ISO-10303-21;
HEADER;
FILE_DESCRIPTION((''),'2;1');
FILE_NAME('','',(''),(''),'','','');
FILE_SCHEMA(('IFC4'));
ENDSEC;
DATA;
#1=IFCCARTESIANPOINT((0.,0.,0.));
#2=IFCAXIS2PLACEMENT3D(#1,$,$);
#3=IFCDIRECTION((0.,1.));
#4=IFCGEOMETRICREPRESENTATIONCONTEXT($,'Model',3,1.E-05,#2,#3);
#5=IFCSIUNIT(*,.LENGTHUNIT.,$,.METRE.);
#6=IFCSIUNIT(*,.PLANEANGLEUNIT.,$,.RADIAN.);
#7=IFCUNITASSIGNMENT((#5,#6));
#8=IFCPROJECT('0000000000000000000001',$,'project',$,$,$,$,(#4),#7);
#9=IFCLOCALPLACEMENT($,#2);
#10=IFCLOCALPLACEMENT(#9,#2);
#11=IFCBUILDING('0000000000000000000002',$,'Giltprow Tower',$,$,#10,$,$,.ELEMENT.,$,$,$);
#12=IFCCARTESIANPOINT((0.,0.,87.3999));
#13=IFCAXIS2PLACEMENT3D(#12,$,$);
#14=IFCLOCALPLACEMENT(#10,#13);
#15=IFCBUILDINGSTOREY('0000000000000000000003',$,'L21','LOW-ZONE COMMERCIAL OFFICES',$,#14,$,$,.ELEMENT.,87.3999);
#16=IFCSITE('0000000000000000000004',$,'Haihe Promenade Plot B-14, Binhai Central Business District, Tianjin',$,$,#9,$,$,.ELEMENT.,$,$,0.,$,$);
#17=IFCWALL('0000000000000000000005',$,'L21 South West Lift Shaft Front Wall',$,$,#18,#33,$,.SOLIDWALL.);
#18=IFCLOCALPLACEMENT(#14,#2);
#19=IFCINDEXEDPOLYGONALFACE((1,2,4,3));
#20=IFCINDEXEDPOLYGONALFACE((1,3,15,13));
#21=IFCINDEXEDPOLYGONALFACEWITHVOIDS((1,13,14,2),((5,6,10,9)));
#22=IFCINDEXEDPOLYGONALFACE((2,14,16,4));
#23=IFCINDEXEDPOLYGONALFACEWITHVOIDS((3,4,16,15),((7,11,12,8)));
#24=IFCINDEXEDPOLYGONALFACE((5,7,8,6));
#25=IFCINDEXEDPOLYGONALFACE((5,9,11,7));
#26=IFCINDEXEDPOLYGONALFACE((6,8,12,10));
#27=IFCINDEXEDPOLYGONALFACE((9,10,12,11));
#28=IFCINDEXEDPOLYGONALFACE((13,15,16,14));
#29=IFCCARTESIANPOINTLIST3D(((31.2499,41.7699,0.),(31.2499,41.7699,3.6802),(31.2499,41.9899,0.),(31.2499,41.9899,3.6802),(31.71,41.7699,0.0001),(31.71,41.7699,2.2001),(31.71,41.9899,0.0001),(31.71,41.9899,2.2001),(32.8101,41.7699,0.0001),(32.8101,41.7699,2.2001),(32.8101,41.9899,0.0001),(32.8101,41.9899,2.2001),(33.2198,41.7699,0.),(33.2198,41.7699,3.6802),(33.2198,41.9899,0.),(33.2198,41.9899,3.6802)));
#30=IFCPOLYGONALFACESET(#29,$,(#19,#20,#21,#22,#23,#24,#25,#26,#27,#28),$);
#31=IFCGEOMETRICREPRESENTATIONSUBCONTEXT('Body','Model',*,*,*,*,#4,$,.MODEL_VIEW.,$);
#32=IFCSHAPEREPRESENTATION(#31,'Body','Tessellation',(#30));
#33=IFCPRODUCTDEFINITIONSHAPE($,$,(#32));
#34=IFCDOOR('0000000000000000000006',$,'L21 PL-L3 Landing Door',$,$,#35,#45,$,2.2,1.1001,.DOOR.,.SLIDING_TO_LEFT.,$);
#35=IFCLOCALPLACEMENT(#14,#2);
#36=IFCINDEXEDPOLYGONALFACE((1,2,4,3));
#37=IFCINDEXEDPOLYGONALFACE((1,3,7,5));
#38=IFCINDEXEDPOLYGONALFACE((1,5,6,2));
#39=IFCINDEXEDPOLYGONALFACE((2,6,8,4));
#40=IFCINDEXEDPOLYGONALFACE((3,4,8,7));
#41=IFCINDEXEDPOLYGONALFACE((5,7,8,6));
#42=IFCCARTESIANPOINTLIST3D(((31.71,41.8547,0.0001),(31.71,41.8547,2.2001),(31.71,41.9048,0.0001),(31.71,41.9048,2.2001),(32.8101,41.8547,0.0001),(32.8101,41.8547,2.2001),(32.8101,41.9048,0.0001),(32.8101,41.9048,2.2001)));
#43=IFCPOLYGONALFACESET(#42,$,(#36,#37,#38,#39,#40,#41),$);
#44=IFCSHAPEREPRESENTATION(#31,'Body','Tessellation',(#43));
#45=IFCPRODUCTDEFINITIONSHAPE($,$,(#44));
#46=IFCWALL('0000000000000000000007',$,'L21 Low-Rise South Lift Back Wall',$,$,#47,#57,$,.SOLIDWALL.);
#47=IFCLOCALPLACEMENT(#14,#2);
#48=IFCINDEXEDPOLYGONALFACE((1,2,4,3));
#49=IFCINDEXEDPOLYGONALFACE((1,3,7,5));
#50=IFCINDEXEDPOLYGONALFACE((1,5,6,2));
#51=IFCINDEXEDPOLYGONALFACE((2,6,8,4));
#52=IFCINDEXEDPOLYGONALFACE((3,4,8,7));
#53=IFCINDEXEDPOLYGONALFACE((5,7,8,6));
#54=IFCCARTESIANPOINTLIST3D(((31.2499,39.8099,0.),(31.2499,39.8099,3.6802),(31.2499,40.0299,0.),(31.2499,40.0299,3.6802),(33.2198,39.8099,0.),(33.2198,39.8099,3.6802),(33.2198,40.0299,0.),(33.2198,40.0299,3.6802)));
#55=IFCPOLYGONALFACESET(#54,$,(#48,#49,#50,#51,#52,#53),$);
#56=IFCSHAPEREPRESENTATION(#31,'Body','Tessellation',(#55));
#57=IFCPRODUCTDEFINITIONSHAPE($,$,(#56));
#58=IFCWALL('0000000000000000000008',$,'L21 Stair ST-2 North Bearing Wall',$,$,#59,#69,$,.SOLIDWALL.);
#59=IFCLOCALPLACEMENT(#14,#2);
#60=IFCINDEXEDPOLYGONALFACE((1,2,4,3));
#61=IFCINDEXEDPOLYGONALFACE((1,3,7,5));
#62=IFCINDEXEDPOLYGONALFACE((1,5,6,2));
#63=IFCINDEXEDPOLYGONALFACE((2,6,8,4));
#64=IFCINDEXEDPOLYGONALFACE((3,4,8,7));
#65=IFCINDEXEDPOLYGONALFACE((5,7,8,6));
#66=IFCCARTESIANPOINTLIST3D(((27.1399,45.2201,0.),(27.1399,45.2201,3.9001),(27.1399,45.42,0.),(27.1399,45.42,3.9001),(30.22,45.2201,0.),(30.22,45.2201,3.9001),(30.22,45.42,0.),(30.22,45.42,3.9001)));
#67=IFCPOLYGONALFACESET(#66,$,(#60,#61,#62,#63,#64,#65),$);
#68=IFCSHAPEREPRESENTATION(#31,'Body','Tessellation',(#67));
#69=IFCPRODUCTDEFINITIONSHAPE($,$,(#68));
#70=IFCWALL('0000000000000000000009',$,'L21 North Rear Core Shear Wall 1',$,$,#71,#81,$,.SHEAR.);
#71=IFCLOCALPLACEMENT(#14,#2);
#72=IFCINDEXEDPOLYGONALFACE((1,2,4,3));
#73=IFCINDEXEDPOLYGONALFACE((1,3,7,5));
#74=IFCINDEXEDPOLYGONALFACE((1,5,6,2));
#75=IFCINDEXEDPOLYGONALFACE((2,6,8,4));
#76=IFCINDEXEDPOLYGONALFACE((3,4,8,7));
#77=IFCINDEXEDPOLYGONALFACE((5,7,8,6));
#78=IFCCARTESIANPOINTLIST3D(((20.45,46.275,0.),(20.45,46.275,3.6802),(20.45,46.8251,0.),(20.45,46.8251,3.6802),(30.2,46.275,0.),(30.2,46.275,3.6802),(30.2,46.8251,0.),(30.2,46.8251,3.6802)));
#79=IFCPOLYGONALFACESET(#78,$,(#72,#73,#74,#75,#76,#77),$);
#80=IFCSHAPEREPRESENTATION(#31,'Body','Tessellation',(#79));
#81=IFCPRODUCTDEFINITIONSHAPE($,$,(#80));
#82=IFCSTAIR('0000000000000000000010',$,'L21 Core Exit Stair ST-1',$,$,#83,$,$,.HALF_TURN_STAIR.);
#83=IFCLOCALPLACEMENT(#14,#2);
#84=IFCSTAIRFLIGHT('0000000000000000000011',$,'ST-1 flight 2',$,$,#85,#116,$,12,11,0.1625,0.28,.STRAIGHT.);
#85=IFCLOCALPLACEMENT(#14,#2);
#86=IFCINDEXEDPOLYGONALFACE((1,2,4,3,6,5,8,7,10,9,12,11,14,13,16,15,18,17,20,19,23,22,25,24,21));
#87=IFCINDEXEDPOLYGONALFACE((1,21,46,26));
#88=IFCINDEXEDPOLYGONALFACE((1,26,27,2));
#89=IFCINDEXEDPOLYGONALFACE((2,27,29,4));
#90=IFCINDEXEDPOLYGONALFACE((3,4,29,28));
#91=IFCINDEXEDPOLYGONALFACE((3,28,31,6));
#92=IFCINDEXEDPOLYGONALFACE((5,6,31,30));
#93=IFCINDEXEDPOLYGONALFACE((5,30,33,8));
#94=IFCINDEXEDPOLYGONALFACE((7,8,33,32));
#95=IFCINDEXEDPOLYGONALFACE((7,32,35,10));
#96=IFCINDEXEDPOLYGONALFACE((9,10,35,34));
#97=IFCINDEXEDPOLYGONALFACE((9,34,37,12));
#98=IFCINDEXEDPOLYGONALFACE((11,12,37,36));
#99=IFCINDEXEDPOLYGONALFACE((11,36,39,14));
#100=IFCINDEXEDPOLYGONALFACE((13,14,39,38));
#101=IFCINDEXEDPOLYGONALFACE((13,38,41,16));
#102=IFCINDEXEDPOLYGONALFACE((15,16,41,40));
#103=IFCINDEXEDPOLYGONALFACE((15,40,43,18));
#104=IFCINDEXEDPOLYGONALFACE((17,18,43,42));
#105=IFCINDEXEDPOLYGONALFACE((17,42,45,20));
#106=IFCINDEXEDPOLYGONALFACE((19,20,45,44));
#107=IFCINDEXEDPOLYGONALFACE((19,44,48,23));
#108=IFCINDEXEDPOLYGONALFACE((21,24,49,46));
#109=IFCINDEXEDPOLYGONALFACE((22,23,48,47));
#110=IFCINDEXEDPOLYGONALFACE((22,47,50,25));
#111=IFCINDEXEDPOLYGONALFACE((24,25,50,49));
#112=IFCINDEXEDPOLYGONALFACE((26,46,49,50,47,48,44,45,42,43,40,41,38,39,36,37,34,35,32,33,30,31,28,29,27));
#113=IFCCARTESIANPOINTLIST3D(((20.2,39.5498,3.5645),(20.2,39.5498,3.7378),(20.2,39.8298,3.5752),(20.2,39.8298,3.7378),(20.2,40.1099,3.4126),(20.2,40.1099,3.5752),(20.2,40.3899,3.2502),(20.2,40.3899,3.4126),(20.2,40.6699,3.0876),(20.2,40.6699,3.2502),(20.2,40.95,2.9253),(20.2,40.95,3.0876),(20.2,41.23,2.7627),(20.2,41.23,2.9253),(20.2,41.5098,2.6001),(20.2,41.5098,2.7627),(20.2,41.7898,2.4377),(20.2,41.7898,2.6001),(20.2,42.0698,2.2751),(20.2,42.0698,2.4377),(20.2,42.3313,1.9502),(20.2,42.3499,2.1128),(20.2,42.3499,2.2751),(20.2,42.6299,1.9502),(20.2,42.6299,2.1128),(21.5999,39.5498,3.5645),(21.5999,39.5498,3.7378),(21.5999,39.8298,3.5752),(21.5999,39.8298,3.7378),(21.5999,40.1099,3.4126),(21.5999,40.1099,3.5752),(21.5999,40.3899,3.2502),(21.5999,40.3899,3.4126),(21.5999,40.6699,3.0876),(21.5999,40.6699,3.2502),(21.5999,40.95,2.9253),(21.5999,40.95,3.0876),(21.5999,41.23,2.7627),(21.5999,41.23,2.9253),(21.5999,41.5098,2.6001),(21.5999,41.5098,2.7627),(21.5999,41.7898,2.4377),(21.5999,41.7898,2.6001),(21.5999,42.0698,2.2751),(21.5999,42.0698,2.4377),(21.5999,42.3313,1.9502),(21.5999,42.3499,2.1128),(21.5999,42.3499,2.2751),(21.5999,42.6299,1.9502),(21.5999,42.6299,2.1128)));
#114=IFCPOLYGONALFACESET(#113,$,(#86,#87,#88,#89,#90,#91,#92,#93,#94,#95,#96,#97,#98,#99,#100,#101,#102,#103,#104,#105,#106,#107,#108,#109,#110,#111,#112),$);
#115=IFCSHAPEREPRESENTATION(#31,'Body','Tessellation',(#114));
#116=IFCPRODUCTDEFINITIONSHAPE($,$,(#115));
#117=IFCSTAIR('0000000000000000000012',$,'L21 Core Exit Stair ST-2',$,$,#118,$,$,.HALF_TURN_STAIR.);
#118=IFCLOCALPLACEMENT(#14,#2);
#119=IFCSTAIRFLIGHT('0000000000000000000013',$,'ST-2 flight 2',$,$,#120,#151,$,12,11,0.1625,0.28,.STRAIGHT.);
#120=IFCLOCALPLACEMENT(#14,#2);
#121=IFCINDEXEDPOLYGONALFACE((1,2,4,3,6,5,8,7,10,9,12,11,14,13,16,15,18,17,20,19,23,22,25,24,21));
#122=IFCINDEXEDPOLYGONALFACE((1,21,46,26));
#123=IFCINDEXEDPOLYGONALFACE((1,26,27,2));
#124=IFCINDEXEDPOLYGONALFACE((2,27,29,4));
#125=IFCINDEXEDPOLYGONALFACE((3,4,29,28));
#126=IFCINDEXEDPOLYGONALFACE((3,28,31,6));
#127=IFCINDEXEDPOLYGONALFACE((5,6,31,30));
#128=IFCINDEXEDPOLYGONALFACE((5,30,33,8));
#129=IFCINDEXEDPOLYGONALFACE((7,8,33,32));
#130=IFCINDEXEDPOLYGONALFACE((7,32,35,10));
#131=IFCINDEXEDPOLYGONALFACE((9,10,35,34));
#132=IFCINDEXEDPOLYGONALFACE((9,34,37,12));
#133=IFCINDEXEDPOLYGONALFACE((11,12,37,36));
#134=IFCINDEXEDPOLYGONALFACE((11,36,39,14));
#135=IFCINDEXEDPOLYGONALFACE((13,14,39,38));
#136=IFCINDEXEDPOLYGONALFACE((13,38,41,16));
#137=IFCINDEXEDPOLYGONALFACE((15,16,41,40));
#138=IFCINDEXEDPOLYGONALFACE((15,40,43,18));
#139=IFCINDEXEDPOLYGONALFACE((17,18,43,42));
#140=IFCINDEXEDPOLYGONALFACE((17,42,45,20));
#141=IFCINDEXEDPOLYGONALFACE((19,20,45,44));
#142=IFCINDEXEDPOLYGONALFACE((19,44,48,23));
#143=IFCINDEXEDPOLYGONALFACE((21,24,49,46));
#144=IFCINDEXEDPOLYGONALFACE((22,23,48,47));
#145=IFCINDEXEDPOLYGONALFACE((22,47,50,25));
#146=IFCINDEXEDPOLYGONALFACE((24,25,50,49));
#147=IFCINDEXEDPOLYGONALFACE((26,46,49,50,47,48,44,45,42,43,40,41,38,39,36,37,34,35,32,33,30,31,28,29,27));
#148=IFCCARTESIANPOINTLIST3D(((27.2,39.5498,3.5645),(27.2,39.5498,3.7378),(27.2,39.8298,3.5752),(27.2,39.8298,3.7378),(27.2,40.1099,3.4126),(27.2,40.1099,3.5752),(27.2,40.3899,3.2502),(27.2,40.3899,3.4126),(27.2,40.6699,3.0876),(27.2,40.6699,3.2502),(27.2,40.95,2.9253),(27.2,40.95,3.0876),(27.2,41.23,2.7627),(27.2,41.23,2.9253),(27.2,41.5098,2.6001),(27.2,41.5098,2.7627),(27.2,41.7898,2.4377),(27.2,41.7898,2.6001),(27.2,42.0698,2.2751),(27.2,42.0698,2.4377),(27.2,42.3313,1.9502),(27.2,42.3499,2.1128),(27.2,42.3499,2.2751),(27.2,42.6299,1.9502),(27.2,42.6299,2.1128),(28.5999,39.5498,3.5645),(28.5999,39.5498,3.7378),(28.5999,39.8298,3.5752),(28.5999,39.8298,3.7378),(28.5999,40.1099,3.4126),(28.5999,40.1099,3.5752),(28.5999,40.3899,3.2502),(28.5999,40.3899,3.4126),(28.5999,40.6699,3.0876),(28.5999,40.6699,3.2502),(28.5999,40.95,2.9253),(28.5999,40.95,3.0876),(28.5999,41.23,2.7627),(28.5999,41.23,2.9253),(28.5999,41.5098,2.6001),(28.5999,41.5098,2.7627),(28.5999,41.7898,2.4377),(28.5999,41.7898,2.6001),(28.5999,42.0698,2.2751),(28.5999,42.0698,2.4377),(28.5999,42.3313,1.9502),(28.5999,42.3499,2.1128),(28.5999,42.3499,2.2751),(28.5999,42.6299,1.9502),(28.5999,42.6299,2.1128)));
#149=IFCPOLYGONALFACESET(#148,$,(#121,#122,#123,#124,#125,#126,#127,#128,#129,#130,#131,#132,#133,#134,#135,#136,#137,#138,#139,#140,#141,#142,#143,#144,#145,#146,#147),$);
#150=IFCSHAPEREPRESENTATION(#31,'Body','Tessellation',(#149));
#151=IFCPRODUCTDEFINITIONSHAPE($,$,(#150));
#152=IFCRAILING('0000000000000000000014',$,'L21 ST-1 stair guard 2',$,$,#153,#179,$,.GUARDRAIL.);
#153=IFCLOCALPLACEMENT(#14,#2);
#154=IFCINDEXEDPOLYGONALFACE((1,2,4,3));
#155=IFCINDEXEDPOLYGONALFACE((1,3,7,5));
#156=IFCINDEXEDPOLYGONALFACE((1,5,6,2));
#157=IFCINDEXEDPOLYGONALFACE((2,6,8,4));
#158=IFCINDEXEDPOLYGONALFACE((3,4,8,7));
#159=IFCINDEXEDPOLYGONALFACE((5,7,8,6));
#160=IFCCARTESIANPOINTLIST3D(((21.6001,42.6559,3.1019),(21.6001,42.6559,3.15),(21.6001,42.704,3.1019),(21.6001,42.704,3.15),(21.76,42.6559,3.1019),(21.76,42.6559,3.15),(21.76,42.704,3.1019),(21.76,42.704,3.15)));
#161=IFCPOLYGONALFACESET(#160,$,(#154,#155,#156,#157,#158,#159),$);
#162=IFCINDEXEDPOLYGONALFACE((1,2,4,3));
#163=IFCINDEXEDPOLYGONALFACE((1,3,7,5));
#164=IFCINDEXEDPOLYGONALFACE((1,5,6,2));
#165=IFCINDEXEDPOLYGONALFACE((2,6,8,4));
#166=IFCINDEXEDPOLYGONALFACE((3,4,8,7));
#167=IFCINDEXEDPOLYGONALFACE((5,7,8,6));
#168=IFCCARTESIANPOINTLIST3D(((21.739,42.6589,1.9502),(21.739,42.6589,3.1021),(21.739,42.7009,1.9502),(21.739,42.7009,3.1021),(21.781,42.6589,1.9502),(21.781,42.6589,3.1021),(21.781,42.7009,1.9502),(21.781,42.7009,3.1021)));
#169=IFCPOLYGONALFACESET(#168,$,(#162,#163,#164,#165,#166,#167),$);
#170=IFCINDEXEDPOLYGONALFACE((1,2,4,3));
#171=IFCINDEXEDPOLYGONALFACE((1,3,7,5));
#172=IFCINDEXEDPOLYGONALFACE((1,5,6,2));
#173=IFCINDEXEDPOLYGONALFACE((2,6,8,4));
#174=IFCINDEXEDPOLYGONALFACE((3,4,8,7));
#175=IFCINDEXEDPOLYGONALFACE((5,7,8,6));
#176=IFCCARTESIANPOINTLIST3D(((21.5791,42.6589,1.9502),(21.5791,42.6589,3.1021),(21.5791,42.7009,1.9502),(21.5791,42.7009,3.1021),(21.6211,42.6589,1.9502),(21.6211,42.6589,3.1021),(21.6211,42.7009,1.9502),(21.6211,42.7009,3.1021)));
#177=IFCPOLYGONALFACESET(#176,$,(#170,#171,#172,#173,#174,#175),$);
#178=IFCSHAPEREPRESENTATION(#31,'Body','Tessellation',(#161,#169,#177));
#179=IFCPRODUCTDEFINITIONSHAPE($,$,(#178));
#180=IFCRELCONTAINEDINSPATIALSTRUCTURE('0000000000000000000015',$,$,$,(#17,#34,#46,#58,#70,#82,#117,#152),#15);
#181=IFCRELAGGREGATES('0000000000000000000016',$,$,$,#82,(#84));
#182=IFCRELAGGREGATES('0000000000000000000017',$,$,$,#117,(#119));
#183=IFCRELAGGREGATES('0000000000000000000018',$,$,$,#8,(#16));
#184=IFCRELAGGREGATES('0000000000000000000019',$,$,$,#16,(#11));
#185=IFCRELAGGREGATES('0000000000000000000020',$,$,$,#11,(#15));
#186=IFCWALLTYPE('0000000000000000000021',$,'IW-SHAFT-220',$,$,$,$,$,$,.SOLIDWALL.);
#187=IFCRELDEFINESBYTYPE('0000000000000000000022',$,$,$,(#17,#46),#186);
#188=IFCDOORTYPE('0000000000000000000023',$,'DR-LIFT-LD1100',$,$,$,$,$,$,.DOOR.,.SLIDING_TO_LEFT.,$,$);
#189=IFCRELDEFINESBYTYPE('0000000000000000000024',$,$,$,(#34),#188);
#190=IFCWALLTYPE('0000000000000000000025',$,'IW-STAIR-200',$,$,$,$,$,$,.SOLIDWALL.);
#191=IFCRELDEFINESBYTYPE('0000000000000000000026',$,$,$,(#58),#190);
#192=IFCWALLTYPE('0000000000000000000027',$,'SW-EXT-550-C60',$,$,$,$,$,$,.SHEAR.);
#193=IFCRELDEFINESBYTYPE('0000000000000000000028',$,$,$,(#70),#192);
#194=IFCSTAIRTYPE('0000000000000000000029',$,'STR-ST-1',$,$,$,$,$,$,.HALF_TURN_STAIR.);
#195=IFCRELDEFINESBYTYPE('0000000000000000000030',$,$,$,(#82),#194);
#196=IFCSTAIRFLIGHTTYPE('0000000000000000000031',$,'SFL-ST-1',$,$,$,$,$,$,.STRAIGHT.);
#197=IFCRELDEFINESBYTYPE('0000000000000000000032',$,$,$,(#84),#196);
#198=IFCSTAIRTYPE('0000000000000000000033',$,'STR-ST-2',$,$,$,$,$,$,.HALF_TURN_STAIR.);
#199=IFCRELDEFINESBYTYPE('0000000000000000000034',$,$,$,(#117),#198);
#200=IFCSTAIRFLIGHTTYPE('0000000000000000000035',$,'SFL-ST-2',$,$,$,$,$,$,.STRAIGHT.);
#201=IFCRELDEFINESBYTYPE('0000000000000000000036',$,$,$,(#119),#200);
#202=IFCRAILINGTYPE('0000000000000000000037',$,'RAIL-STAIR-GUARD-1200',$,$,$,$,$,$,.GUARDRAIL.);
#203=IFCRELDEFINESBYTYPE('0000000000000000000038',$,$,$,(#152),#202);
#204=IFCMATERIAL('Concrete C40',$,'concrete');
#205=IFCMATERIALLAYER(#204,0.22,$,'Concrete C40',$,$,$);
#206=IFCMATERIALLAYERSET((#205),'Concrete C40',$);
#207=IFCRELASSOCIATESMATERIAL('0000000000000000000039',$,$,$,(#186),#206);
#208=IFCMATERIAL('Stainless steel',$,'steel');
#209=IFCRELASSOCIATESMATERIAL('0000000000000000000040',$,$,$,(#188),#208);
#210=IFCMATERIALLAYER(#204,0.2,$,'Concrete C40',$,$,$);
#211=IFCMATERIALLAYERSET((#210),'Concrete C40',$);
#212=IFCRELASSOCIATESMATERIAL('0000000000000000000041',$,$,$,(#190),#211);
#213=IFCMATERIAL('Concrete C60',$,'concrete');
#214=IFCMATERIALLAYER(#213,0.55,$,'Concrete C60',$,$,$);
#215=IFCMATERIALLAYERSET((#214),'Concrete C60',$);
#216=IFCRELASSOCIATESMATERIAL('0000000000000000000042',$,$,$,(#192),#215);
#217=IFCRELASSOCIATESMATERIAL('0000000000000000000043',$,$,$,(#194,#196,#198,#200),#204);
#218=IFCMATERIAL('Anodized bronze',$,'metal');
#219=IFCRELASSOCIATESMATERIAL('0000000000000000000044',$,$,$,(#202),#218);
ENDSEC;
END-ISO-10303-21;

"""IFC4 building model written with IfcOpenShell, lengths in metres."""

from ifc_helpers import new_model, si_unit, direction, frame, frame_2d, origin, origin_2d, place, context, subcontext, project, spatial, polyline, rectangle, outline, extrude, source, transform, mapped, material, layer, layer_set, type_object, element, fill, aggregate, save


model = new_model("IFC4")

# Units and contexts
model_context = context("Model", 3, precision=1e-05, world=origin(), true_north=direction((0.0, 1.0)))
body_context = subcontext(model_context, "Body", "Model", "MODEL_VIEW")
ifc_project = project(units=[si_unit("LENGTHUNIT", "METRE"), si_unit("PLANEANGLEUNIT", "RADIAN")], contexts=[model_context])

# Site, building, storey
site_placement = place(None, origin())
site = spatial("IfcSite", under=ifc_project, at=site_placement, Name="Haihe Promenade Plot B-14, Binhai Central Business District, Tianjin", CompositionType="ELEMENT", RefElevation=0.0)
building_placement = place(site_placement, origin())
building = spatial("IfcBuilding", under=site, at=building_placement, Name="Giltprow Tower", CompositionType="ELEMENT")
storey_placement = place(building_placement, frame((0.0, 0.0, 87.3999)))
storey = spatial("IfcBuildingStorey", under=building, at=storey_placement, Name="L21", Description="LOW-ZONE COMMERCIAL OFFICES", CompositionType="ELEMENT", Elevation=87.3999)

# Shared definitions
ifc_material_1 = material(Name="Concrete C60", Category="concrete")

# Shared definitions
ifc_material_2 = material(Name="Concrete C40", Category="concrete")
ifc_layer_1 = layer(ifc_material_2, 0.22, Name="Concrete C40")
ifc_layer_set_1 = layer_set([ifc_layer_1], Name="Concrete C40")
wall_type_1 = type_object("IfcWallType", Name="IW-SHAFT-220", PredefinedType="SOLIDWALL", material=ifc_layer_set_1)
ifc_material_3 = material(Name="Stainless steel", Category="steel")
door_type = type_object("IfcDoorType", Name="DR-LIFT-LD1100", OperationType="SLIDING_TO_LEFT", PredefinedType="DOOR", material=ifc_material_3)
shared_shape_1 = source(origin(), body_context, "Body", "SweptSolid", [
    extrude(rectangle(XDim=1.1001, YDim=2.2, at=frame_2d((0.55, 1.1001))), frame((0.0, 0.0249, 0.0), z_axis=(0.0, -1.0, 0.0), x_axis=(1.0, 0.0, 0.0)), (0.0, 0.0, 1.0), 0.05),
])

# Wall, opening, door
wall_1_placement = place(storey_placement, frame((31.25, 41.8799, 0.0), z_axis=(0.0, 0.0, 1.0), x_axis=(1.0, 0.0, 0.0)))
wall_1 = element("IfcWall", 1, at=wall_1_placement, inside=storey, type_object=wall_type_1, Name="L21 South West Lift Shaft Front Wall", PredefinedType="SOLIDWALL", context=body_context, shape_type="SweptSolid", body=[
    extrude(rectangle(XDim=1.97, YDim=0.22, at=frame_2d((0.9849, 0.0))), origin(), (0.0, 0.0, 1.0), 3.6802),
])
opening_1_placement = place(wall_1_placement, frame((0.46, 0.0, 0.0)))
opening_1 = element("IfcOpeningElement", 2, at=opening_1_placement, cuts=wall_1, PredefinedType="OPENING", context=body_context, shape_type="SweptSolid", body=[
    extrude(rectangle(XDim=1.1001, YDim=2.2, at=frame_2d((0.55, 1.1001))), frame((0.0, 0.1199, 0.0), z_axis=(0.0, -1.0, 0.0), x_axis=(1.0, 0.0, 0.0)), (0.0, 0.0, 1.0), 0.24),
])
door_1_placement = place(opening_1_placement, origin())
door_1 = element("IfcDoor", 3, at=door_1_placement, inside=storey, type_object=door_type, Name="L21 PL-L3 Landing Door", OperationType="SLIDING_TO_LEFT", OverallHeight=2.2, OverallWidth=1.1001, PredefinedType="DOOR", context=body_context, shape_type="MappedRepresentation", body=[
    mapped(shared_shape_1, transform((0.0, 0.0, 0.0), x_axis=(1.0, 0.0, 0.0), y_axis=(0.0, 1.0, 0.0), z_axis=(0.0, 0.0, 1.0), scale=1.0)),
])
fill(opening_1, door_1)

# Walls
wall_2_placement = place(storey_placement, frame((31.25, 39.9199, 0.0), z_axis=(0.0, 0.0, 1.0), x_axis=(1.0, 0.0, 0.0)))
element("IfcWall", 4, at=wall_2_placement, inside=storey, type_object=wall_type_1, Name="L21 Low-Rise South Lift Back Wall", PredefinedType="SOLIDWALL", context=body_context, shape_type="SweptSolid", body=[
    extrude(rectangle(XDim=1.97, YDim=0.22, at=frame_2d((0.9849, 0.0))), origin(), (0.0, 0.0, 1.0), 3.6802),
])
ifc_layer_2 = layer(ifc_material_2, 0.2, Name="Concrete C40")
ifc_layer_set_2 = layer_set([ifc_layer_2], Name="Concrete C40")
wall_type_2 = type_object("IfcWallType", Name="IW-STAIR-200", PredefinedType="SOLIDWALL", material=ifc_layer_set_2)
wall_3_placement = place(storey_placement, frame((27.1399, 45.3201, 0.0), z_axis=(0.0, 0.0, 1.0), x_axis=(1.0, 0.0, 0.0)))
element("IfcWall", 5, at=wall_3_placement, inside=storey, type_object=wall_type_2, Name="L21 Stair ST-2 North Bearing Wall", PredefinedType="SOLIDWALL", context=body_context, shape_type="SweptSolid", body=[
    extrude(rectangle(XDim=3.0801, YDim=0.2, at=frame_2d((1.54, 0.0))), origin(), (0.0, 0.0, 1.0), 3.9001),
])
ifc_layer_3 = layer(ifc_material_1, 0.55, Name="Concrete C60")
ifc_layer_set_3 = layer_set([ifc_layer_3], Name="Concrete C60")
wall_type_3 = type_object("IfcWallType", Name="SW-EXT-550-C60", PredefinedType="SHEAR", material=ifc_layer_set_3)
wall_4_placement = place(storey_placement, frame((20.45, 46.55, 0.0), z_axis=(0.0, 0.0, 1.0), x_axis=(1.0, 0.0, 0.0)))
element("IfcWall", 6, at=wall_4_placement, inside=storey, type_object=wall_type_3, Name="L21 North Rear Core Shear Wall 1", PredefinedType="SHEAR", context=body_context, shape_type="SweptSolid", body=[
    extrude(rectangle(XDim=9.75, YDim=0.55, at=frame_2d((4.875, 0.0))), origin(), (0.0, 0.0, 1.0), 3.6802),
])

# Stairs, stair flights
stair_type_1 = type_object("IfcStairType", Name="STR-ST-1", PredefinedType="HALF_TURN_STAIR", material=ifc_material_2)
stair_1_placement = place(storey_placement, origin())
stair_1 = element("IfcStair", 7, at=stair_1_placement, inside=storey, type_object=stair_type_1, Name="L21 Core Exit Stair ST-1", PredefinedType="HALF_TURN_STAIR")
stair_flight_type_1 = type_object("IfcStairFlightType", Name="SFL-ST-1", PredefinedType="STRAIGHT", material=ifc_material_2)
stair_flight_1_placement = place(storey_placement, frame((20.8999, 42.6299, 1.9502), z_axis=(0.0, 0.0, 1.0), x_axis=(0.0, -1.0, 0.0)))
stair_flight_1 = element("IfcStairFlight", 8, at=stair_flight_1_placement, type_object=stair_flight_type_1, Name="ST-1 flight 2", NumberOfRisers=12, NumberOfTreads=11, PredefinedType="STRAIGHT", RiserHeight=0.1625, TreadLength=0.28, context=body_context, shape_type="SweptSolid", body=[
    extrude(outline(polyline([(0.0, 0.0), (0.0, 0.1626), (0.28, 0.1626), (0.28, 0.325), (0.5601, 0.325), (0.5601, 0.4875), (0.8401, 0.4875), (0.8401, 0.6499), (1.1201, 0.6499), (1.1201, 0.8125), (1.3999, 0.8125), (1.3999, 0.9751), (1.6799, 0.9751), (1.6799, 1.1375), (1.96, 1.1375), (1.96, 1.3), (2.24, 1.3), (2.24, 1.4624), (2.52, 1.4624), (2.52, 1.625), (2.8, 1.625), (2.8, 1.7876), (3.0801, 1.7876), (3.0801, 1.95), (3.0801, 1.6143), (0.2986, 0.0), (0.0, 0.0)])), frame((0.0, 0.7, 0.0), z_axis=(0.0, -1.0, 0.0), x_axis=(1.0, 0.0, 0.0)), (0.0, 0.0, 1.0), 1.3999),
])
aggregate(stair_1, [stair_flight_1])
stair_type_2 = type_object("IfcStairType", Name="STR-ST-2", PredefinedType="HALF_TURN_STAIR", material=ifc_material_2)
stair_2_placement = place(storey_placement, origin())
stair_2 = element("IfcStair", 9, at=stair_2_placement, inside=storey, type_object=stair_type_2, Name="L21 Core Exit Stair ST-2", PredefinedType="HALF_TURN_STAIR")
stair_flight_type_2 = type_object("IfcStairFlightType", Name="SFL-ST-2", PredefinedType="STRAIGHT", material=ifc_material_2)
stair_flight_2_placement = place(storey_placement, frame((27.8999, 42.6299, 1.9502), z_axis=(0.0, 0.0, 1.0), x_axis=(0.0, -1.0, 0.0)))
stair_flight_2 = element("IfcStairFlight", 10, at=stair_flight_2_placement, type_object=stair_flight_type_2, Name="ST-2 flight 2", NumberOfRisers=12, NumberOfTreads=11, PredefinedType="STRAIGHT", RiserHeight=0.1625, TreadLength=0.28, context=body_context, shape_type="SweptSolid", body=[
    extrude(outline(polyline([(0.0, 0.0), (0.0, 0.1626), (0.28, 0.1626), (0.28, 0.325), (0.5601, 0.325), (0.5601, 0.4875), (0.8401, 0.4875), (0.8401, 0.6499), (1.1201, 0.6499), (1.1201, 0.8125), (1.3999, 0.8125), (1.3999, 0.9751), (1.6799, 0.9751), (1.6799, 1.1375), (1.96, 1.1375), (1.96, 1.3), (2.24, 1.3), (2.24, 1.4624), (2.52, 1.4624), (2.52, 1.625), (2.8, 1.625), (2.8, 1.7876), (3.0801, 1.7876), (3.0801, 1.95), (3.0801, 1.6143), (0.2986, 0.0), (0.0, 0.0)])), frame((0.0, 0.7, 0.0), z_axis=(0.0, -1.0, 0.0), x_axis=(1.0, 0.0, 0.0)), (0.0, 0.0, 1.0), 1.3999),
])
aggregate(stair_2, [stair_flight_2])

# Railing
ifc_material_4 = material(Name="Anodized bronze", Category="metal")
railing_type_1 = type_object("IfcRailingType", Name="RAIL-STAIR-GUARD-1200", PredefinedType="GUARDRAIL", material=ifc_material_4)
railing_1_placement = place(storey_placement, frame((21.76, 42.6799, 1.9502)))
element("IfcRailing", 11, at=railing_1_placement, inside=storey, type_object=railing_type_1, Name="L21 ST-1 stair guard 2", PredefinedType="GUARDRAIL", context=body_context, shape_type="SweptSolid", body=[
    extrude(rectangle(XDim=0.0481, YDim=0.0481, at=origin_2d()), frame((0.0, 0.0, 1.1758), z_axis=(-1.0, 0.0, 0.0), x_axis=(0.0, -1.0, 0.0)), (0.0, 0.0, 1.0), 0.1599),
    extrude(rectangle(XDim=0.042, YDim=0.042, at=origin_2d()), origin(), (0.0, 0.0, 1.0), 1.1519),
    extrude(rectangle(XDim=0.042, YDim=0.042, at=origin_2d()), frame((-0.1599, 0.0, 0.0)), (0.0, 0.0, 1.0), 1.1519),
])

save(model, "model.ifc")
